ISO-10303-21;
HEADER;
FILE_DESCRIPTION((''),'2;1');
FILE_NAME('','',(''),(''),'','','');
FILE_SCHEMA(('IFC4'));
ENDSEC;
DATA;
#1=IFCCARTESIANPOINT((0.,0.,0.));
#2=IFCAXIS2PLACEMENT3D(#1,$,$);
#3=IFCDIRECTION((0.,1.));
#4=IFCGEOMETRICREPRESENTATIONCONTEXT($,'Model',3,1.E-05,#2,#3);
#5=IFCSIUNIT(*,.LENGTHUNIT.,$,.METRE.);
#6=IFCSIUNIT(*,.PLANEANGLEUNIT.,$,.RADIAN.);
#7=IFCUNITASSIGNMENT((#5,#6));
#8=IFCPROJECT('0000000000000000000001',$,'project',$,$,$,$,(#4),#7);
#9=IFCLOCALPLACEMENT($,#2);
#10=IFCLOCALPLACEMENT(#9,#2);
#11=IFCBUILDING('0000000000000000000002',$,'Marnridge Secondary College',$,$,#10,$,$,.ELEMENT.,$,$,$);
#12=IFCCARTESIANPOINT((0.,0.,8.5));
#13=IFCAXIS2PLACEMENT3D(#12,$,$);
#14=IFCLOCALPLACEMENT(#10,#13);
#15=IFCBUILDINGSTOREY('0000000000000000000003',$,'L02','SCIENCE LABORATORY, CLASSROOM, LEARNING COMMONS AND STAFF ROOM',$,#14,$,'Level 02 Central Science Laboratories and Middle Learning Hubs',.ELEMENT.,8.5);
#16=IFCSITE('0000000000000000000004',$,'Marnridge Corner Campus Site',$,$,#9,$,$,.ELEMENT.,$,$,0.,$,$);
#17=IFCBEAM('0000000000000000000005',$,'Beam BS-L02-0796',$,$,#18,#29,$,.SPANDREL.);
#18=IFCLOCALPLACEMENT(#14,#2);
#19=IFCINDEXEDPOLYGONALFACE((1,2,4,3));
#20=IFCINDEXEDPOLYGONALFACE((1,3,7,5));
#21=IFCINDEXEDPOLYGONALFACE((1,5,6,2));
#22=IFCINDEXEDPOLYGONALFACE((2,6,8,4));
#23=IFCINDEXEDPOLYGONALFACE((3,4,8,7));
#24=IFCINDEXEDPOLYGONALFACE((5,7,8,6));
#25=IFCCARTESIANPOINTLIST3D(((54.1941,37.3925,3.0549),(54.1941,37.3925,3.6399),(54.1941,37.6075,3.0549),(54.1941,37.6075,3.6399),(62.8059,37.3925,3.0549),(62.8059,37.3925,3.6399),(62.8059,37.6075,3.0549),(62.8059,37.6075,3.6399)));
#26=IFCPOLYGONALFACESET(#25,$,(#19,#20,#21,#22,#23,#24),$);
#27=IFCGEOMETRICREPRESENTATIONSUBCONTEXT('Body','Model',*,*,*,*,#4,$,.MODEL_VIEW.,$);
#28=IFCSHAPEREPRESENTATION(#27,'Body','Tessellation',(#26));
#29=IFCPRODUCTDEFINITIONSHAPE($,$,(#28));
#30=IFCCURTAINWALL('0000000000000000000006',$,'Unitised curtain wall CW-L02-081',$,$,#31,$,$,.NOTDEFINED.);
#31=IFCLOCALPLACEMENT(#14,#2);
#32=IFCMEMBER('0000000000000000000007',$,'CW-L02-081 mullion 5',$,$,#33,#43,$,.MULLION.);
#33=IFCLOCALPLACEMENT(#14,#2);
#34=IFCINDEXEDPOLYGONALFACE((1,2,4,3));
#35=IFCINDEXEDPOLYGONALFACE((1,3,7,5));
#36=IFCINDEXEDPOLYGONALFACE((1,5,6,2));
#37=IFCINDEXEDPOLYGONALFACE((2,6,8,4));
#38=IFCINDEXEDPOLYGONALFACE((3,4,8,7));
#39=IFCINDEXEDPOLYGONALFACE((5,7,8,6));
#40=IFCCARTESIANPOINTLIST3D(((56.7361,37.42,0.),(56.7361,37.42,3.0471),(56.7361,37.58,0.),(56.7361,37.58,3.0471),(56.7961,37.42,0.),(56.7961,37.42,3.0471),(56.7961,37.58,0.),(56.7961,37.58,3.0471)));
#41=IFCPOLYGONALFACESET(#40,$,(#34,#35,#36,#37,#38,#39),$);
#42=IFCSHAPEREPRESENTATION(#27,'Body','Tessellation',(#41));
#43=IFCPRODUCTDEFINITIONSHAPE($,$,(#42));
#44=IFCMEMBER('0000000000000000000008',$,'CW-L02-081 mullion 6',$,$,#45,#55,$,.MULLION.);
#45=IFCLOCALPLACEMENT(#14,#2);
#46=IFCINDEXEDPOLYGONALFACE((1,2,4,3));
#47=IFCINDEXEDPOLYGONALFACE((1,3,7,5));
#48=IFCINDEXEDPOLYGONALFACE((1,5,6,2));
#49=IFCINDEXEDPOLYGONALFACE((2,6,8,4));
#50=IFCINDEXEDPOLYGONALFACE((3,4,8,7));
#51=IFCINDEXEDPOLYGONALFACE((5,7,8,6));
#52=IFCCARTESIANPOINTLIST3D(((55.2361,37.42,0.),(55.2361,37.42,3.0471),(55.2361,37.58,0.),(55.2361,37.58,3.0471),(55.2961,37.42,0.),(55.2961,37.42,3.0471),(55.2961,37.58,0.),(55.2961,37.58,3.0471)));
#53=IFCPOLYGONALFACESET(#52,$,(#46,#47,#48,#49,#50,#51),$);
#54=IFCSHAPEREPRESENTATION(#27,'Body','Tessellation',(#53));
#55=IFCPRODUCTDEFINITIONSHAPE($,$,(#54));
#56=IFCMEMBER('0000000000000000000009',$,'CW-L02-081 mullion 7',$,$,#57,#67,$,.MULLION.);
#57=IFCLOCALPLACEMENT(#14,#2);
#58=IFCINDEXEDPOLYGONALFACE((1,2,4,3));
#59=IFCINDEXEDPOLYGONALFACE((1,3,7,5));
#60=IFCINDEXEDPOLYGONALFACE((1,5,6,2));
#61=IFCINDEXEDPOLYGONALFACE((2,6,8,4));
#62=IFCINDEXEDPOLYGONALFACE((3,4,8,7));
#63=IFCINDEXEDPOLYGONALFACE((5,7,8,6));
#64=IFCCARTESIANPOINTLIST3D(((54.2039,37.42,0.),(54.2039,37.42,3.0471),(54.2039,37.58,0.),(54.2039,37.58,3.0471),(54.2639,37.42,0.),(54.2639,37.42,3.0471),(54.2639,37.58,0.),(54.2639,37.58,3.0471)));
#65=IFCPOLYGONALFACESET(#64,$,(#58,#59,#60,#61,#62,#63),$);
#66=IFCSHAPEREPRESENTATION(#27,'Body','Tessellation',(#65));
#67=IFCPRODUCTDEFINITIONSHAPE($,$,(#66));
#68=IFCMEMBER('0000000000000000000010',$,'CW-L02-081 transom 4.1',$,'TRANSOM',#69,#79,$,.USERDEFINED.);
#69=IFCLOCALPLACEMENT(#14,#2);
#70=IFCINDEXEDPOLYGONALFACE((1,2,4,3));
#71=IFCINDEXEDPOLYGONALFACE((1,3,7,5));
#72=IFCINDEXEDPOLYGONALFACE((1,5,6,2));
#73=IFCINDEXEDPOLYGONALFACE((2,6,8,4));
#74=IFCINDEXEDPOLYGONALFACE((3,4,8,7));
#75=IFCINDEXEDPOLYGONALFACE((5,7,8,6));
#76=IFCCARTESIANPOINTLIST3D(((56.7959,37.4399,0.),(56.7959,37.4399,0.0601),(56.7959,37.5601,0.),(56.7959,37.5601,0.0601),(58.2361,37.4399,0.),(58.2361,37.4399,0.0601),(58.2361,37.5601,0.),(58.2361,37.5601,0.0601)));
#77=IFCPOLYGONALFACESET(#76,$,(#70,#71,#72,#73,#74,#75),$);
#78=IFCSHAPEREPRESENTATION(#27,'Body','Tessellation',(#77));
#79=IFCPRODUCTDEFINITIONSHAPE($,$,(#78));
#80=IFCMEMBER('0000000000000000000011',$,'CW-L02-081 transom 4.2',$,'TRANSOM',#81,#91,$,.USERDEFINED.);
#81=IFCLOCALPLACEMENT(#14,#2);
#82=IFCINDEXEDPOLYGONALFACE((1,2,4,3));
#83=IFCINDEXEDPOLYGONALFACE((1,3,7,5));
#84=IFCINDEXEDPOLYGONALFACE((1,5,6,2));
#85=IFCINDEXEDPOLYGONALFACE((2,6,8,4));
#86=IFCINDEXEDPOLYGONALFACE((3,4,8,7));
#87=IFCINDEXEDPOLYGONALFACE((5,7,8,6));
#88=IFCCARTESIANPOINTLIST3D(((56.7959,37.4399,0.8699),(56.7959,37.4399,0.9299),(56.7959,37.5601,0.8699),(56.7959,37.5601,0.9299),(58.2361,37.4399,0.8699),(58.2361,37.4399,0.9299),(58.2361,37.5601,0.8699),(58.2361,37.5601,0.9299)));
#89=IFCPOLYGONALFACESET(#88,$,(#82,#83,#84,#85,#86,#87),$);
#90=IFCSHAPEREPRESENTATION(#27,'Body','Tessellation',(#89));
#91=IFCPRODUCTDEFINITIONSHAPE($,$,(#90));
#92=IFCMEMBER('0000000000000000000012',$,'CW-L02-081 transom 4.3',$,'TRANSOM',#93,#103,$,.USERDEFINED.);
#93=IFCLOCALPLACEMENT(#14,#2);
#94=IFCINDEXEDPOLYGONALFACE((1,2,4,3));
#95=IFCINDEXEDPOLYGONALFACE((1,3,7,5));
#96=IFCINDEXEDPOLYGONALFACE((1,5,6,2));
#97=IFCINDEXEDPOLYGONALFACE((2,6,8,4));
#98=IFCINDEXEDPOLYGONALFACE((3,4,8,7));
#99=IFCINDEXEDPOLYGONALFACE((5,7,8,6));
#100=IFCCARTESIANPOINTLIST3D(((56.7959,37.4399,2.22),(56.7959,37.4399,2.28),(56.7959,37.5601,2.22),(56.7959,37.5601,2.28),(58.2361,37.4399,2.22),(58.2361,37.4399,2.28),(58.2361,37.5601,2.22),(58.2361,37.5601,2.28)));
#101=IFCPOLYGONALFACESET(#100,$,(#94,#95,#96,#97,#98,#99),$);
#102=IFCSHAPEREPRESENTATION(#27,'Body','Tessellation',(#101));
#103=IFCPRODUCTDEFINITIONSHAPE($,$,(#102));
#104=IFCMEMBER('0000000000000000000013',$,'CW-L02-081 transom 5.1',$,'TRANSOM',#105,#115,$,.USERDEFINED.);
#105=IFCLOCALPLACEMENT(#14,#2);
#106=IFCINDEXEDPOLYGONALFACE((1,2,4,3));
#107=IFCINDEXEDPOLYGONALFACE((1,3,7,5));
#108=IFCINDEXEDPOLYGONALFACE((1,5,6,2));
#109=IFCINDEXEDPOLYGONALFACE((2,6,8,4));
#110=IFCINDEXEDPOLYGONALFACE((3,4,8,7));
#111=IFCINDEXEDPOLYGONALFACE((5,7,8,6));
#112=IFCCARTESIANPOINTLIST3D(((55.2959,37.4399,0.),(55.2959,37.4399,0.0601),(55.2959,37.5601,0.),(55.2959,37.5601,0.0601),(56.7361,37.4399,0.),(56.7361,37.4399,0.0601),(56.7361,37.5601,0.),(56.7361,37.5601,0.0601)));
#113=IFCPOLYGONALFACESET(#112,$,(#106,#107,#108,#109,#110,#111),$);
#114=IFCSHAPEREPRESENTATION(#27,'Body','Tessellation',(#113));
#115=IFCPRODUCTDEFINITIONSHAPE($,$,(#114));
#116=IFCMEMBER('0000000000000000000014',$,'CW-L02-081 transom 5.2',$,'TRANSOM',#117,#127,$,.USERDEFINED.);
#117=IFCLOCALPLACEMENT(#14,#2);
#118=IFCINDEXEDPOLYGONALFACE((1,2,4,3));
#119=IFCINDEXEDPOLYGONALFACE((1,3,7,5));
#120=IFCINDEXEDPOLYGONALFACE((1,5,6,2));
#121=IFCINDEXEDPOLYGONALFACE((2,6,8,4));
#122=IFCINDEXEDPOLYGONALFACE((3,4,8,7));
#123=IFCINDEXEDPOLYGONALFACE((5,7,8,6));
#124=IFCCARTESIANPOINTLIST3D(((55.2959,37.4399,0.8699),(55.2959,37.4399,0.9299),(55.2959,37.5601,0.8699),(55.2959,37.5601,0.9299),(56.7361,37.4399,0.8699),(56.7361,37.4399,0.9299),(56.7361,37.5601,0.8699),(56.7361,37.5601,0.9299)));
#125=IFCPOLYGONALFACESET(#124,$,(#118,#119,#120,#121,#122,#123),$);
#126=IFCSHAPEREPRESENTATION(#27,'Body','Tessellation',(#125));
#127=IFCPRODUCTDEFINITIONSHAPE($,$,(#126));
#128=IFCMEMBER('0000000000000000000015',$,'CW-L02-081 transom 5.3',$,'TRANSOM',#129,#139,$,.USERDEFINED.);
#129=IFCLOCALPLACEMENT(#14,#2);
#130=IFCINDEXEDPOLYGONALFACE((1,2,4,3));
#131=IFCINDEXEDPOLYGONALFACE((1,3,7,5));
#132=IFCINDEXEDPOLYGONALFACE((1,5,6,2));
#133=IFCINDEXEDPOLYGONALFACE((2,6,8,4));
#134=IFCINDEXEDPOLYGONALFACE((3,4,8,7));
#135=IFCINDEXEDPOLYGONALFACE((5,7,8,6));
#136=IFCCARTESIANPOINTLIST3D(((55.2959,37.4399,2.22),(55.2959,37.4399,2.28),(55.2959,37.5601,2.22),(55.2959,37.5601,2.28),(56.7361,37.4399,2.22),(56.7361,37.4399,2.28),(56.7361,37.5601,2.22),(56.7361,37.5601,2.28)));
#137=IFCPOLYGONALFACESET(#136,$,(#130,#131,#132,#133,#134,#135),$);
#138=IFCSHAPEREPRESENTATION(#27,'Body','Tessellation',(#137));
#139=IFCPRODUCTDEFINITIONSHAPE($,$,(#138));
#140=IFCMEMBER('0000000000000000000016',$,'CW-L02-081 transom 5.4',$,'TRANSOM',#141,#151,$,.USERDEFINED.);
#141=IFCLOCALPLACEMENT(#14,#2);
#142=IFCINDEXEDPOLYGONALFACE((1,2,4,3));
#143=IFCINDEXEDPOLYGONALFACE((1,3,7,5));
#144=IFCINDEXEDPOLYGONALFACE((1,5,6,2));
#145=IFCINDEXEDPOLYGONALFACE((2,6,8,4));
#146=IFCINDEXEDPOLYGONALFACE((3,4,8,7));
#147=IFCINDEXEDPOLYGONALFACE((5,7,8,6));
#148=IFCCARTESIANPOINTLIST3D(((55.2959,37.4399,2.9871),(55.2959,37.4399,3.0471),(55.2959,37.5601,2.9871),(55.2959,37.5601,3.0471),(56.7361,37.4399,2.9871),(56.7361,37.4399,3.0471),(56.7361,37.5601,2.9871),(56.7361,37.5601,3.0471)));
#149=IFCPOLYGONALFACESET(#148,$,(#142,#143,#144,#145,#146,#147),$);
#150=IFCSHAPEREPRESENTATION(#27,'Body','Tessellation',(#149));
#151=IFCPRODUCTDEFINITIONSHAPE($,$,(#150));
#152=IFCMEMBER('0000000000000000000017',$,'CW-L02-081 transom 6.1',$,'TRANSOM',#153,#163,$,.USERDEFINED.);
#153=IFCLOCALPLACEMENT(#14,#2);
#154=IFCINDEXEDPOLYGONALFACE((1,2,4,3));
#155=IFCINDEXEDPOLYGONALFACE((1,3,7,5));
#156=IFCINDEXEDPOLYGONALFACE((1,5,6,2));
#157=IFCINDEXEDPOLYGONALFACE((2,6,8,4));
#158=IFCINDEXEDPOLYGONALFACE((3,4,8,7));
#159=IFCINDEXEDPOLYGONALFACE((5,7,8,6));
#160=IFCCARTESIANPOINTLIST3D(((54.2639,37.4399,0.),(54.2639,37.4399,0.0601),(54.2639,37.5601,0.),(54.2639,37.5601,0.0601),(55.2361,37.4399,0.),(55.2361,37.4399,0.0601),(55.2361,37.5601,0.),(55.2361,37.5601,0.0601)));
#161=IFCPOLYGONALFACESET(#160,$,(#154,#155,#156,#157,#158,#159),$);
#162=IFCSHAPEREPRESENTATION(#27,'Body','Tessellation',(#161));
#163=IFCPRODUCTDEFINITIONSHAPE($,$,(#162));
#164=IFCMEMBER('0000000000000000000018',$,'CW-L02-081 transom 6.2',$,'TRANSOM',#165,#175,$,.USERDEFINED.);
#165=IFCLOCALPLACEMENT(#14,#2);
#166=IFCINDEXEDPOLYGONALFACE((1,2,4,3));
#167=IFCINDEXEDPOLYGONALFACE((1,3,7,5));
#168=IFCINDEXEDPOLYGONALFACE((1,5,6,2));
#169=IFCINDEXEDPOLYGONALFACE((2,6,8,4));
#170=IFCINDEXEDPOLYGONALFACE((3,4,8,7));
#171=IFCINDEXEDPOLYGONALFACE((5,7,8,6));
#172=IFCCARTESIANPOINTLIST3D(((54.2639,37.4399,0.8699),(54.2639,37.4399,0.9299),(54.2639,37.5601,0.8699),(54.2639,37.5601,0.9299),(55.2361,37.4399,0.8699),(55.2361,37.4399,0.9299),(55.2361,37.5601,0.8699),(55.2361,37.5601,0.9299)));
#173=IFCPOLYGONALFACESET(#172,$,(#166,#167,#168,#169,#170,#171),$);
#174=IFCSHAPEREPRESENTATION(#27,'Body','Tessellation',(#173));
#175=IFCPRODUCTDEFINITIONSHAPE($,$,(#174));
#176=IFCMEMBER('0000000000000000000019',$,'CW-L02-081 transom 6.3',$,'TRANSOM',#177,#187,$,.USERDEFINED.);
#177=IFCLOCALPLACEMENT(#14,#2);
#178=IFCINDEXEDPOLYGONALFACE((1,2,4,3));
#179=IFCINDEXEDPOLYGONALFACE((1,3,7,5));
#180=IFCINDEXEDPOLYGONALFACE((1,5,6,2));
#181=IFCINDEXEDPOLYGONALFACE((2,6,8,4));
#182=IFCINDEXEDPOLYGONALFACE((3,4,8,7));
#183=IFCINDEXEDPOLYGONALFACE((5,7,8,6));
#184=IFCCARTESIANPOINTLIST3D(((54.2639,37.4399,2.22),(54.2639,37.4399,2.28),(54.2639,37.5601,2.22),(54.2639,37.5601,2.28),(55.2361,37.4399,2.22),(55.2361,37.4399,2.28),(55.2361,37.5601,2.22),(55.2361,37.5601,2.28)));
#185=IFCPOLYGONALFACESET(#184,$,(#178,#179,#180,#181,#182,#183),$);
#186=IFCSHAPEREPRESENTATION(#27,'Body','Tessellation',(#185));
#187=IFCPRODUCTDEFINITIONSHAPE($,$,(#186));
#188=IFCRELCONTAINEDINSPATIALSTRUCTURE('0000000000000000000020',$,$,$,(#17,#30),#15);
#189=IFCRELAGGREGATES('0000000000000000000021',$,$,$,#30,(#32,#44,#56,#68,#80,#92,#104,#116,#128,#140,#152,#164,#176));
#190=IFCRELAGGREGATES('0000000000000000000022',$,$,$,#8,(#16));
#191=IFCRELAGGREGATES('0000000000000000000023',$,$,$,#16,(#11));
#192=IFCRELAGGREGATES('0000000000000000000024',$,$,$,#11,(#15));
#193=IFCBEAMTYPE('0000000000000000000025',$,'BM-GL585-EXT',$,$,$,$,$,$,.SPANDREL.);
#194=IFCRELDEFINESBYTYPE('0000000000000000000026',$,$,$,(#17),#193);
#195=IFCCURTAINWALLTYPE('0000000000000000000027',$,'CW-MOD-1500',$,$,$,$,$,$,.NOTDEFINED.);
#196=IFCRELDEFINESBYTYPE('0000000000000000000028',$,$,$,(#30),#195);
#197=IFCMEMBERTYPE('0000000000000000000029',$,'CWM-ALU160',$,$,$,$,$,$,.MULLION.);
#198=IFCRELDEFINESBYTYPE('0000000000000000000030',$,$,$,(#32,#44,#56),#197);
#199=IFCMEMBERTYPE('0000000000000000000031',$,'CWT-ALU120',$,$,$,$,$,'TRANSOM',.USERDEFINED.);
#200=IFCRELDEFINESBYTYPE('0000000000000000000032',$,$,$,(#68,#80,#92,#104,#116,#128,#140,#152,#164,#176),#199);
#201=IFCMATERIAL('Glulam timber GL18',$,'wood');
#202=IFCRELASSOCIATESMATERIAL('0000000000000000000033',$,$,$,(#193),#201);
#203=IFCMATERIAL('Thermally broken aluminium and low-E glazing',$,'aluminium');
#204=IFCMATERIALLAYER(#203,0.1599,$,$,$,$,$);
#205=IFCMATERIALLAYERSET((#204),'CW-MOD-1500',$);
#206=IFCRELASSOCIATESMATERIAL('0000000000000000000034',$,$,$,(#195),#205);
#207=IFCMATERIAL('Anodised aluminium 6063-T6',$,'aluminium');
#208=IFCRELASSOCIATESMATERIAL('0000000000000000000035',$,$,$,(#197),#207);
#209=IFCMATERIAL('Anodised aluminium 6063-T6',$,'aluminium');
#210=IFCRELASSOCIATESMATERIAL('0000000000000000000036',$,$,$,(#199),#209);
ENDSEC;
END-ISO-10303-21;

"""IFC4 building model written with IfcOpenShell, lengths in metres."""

from ifc_helpers import new_model, si_unit, direction, frame, origin, origin_2d, place, context, subcontext, project, spatial, rectangle, extrude, material, layer, layer_set, material_profile, profile_set, type_object, element, aggregate, save


model = new_model("IFC4")

# Units and contexts
model_context = context("Model", 3, precision=1e-05, world=origin(), true_north=direction((0.0, 1.0)))
body_context = subcontext(model_context, "Body", "Model", "MODEL_VIEW")
ifc_project = project(units=[si_unit("LENGTHUNIT", "METRE"), si_unit("PLANEANGLEUNIT", "RADIAN")], contexts=[model_context])

# Site, building, storey
site_placement = place(None, origin())
site = spatial("IfcSite", under=ifc_project, at=site_placement, Name="Marnridge Corner Campus Site", CompositionType="ELEMENT", RefElevation=0.0)
building_placement = place(site_placement, origin())
building = spatial("IfcBuilding", under=site, at=building_placement, Name="Marnridge Secondary College", CompositionType="ELEMENT")
storey_placement = place(building_placement, frame((0.0, 0.0, 8.5)))
storey = spatial("IfcBuildingStorey", under=building, at=storey_placement, Name="L02", Description="SCIENCE LABORATORY, CLASSROOM, LEARNING COMMONS AND STAFF ROOM", LongName="Level 02 Central Science Laboratories and Middle Learning Hubs", CompositionType="ELEMENT", Elevation=8.5)

# Beam
ifc_material_1 = material(Name="Glulam timber GL18", Category="wood")
ifc_material_profile_1 = material_profile(ifc_material_1, rectangle(XDim=0.2151, YDim=0.585, at=origin_2d()), Name="GL18 215x585")
ifc_profile_set_1 = profile_set([ifc_material_profile_1], Name="Glulam timber GL18")
beam_type = type_object("IfcBeamType", Name="BM-GL585-EXT", PredefinedType="SPANDREL", material=ifc_profile_set_1)
beam_placement = place(storey_placement, frame((54.1941, 37.5, 3.3474), z_axis=(1.0, 0.0, 0.0), x_axis=(0.0, 1.0, 0.0)))
element("IfcBeam", 1, at=beam_placement, inside=storey, type_object=beam_type, Name="Beam BS-L02-0796", PredefinedType="SPANDREL", context=body_context, shape_type="SweptSolid", body=[
    extrude(rectangle(XDim=0.2151, YDim=0.585, at=origin_2d()), origin(), (0.0, 0.0, 1.0), 8.6118),
])

# Curtain wall, members
ifc_material_2 = material(Name="Thermally broken aluminium and low-E glazing", Category="aluminium")
ifc_layer_1 = layer(ifc_material_2, 0.1599)
ifc_layer_set_1 = layer_set([ifc_layer_1], Name="CW-MOD-1500")
curtain_wall_type = type_object("IfcCurtainWallType", Name="CW-MOD-1500", PredefinedType="NOTDEFINED", material=ifc_layer_set_1)
curtain_wall_placement = place(storey_placement, origin())
curtain_wall = element("IfcCurtainWall", 2, at=curtain_wall_placement, inside=storey, type_object=curtain_wall_type, Name="Unitised curtain wall CW-L02-081", PredefinedType="NOTDEFINED")
ifc_material_3 = material(Name="Anodised aluminium 6063-T6", Category="aluminium")
ifc_material_profile_2 = material_profile(ifc_material_3, rectangle(XDim=0.0601, YDim=0.1599, at=origin_2d()), Name="ALU 60x160")
ifc_profile_set_2 = profile_set([ifc_material_profile_2], Name="Anodised aluminium 6063-T6")
member_type_1 = type_object("IfcMemberType", Name="CWM-ALU160", PredefinedType="MULLION", material=ifc_profile_set_2)
member_1_placement = place(storey_placement, frame((56.7661, 37.5, 0.0), z_axis=(0.0, 0.0, 1.0), x_axis=(-1.0, 0.0, 0.0)))
member_1 = element("IfcMember", 3, at=member_1_placement, type_object=member_type_1, Name="CW-L02-081 mullion 5", PredefinedType="MULLION", context=body_context, shape_type="SweptSolid", body=[
    extrude(rectangle(XDim=0.0601, YDim=0.1599, at=origin_2d()), origin(), (0.0, 0.0, 1.0), 3.0471),
])
member_2_placement = place(storey_placement, frame((55.2661, 37.5, 0.0), z_axis=(0.0, 0.0, 1.0), x_axis=(-1.0, 0.0, 0.0)))
member_2 = element("IfcMember", 4, at=member_2_placement, type_object=member_type_1, Name="CW-L02-081 mullion 6", PredefinedType="MULLION", context=body_context, shape_type="SweptSolid", body=[
    extrude(rectangle(XDim=0.0601, YDim=0.1599, at=origin_2d()), origin(), (0.0, 0.0, 1.0), 3.0471),
])
member_3_placement = place(storey_placement, frame((54.2339, 37.5, 0.0), z_axis=(0.0, 0.0, 1.0), x_axis=(-1.0, 0.0, 0.0)))
member_3 = element("IfcMember", 5, at=member_3_placement, type_object=member_type_1, Name="CW-L02-081 mullion 7", PredefinedType="MULLION", context=body_context, shape_type="SweptSolid", body=[
    extrude(rectangle(XDim=0.0601, YDim=0.1599, at=origin_2d()), origin(), (0.0, 0.0, 1.0), 3.0471),
])
ifc_material_4 = material(Name="Anodised aluminium 6063-T6", Category="aluminium")
ifc_material_profile_3 = material_profile(ifc_material_4, rectangle(XDim=0.0601, YDim=0.1201, at=origin_2d()), Name="ALU 60x120")
ifc_profile_set_3 = profile_set([ifc_material_profile_3], Name="Anodised aluminium 6063-T6")
member_type_2 = type_object("IfcMemberType", Name="CWT-ALU120", ElementType="TRANSOM", PredefinedType="USERDEFINED", material=ifc_profile_set_3)
member_4_placement = place(storey_placement, frame((58.2361, 37.5, 0.03), z_axis=(-1.0, 0.0, 0.0), x_axis=(0.0, 0.0, 1.0)))
member_4 = element("IfcMember", 6, at=member_4_placement, type_object=member_type_2, Name="CW-L02-081 transom 4.1", ObjectType="TRANSOM", PredefinedType="USERDEFINED", context=body_context, shape_type="SweptSolid", body=[
    extrude(rectangle(XDim=0.0601, YDim=0.1201, at=origin_2d()), origin(), (0.0, 0.0, 1.0), 1.4402),
])
member_5_placement = place(storey_placement, frame((58.2361, 37.5, 0.8999), z_axis=(-1.0, 0.0, 0.0), x_axis=(0.0, 0.0, 1.0)))
member_5 = element("IfcMember", 7, at=member_5_placement, type_object=member_type_2, Name="CW-L02-081 transom 4.2", ObjectType="TRANSOM", PredefinedType="USERDEFINED", context=body_context, shape_type="SweptSolid", body=[
    extrude(rectangle(XDim=0.0601, YDim=0.1201, at=origin_2d()), origin(), (0.0, 0.0, 1.0), 1.4402),
])
member_6_placement = place(storey_placement, frame((58.2361, 37.5, 2.25), z_axis=(-1.0, 0.0, 0.0), x_axis=(0.0, 0.0, 1.0)))
member_6 = element("IfcMember", 8, at=member_6_placement, type_object=member_type_2, Name="CW-L02-081 transom 4.3", ObjectType="TRANSOM", PredefinedType="USERDEFINED", context=body_context, shape_type="SweptSolid", body=[
    extrude(rectangle(XDim=0.0601, YDim=0.1201, at=origin_2d()), origin(), (0.0, 0.0, 1.0), 1.4402),
])
member_7_placement = place(storey_placement, frame((56.7361, 37.5, 0.03), z_axis=(-1.0, 0.0, 0.0), x_axis=(0.0, 0.0, 1.0)))
member_7 = element("IfcMember", 9, at=member_7_placement, type_object=member_type_2, Name="CW-L02-081 transom 5.1", ObjectType="TRANSOM", PredefinedType="USERDEFINED", context=body_context, shape_type="SweptSolid", body=[
    extrude(rectangle(XDim=0.0601, YDim=0.1201, at=origin_2d()), origin(), (0.0, 0.0, 1.0), 1.4402),
])
member_8_placement = place(storey_placement, frame((56.7361, 37.5, 0.8999), z_axis=(-1.0, 0.0, 0.0), x_axis=(0.0, 0.0, 1.0)))
member_8 = element("IfcMember", 10, at=member_8_placement, type_object=member_type_2, Name="CW-L02-081 transom 5.2", ObjectType="TRANSOM", PredefinedType="USERDEFINED", context=body_context, shape_type="SweptSolid", body=[
    extrude(rectangle(XDim=0.0601, YDim=0.1201, at=origin_2d()), origin(), (0.0, 0.0, 1.0), 1.4402),
])
member_9_placement = place(storey_placement, frame((56.7361, 37.5, 2.25), z_axis=(-1.0, 0.0, 0.0), x_axis=(0.0, 0.0, 1.0)))
member_9 = element("IfcMember", 11, at=member_9_placement, type_object=member_type_2, Name="CW-L02-081 transom 5.3", ObjectType="TRANSOM", PredefinedType="USERDEFINED", context=body_context, shape_type="SweptSolid", body=[
    extrude(rectangle(XDim=0.0601, YDim=0.1201, at=origin_2d()), origin(), (0.0, 0.0, 1.0), 1.4402),
])
member_10_placement = place(storey_placement, frame((56.7361, 37.5, 3.0171), z_axis=(-1.0, 0.0, 0.0), x_axis=(0.0, 0.0, 1.0)))
member_10 = element("IfcMember", 12, at=member_10_placement, type_object=member_type_2, Name="CW-L02-081 transom 5.4", ObjectType="TRANSOM", PredefinedType="USERDEFINED", context=body_context, shape_type="SweptSolid", body=[
    extrude(rectangle(XDim=0.0601, YDim=0.1201, at=origin_2d()), origin(), (0.0, 0.0, 1.0), 1.4402),
])
member_11_placement = place(storey_placement, frame((55.2361, 37.5, 0.03), z_axis=(-1.0, 0.0, 0.0), x_axis=(0.0, 0.0, 1.0)))
member_11 = element("IfcMember", 13, at=member_11_placement, type_object=member_type_2, Name="CW-L02-081 transom 6.1", ObjectType="TRANSOM", PredefinedType="USERDEFINED", context=body_context, shape_type="SweptSolid", body=[
    extrude(rectangle(XDim=0.0601, YDim=0.1201, at=origin_2d()), origin(), (0.0, 0.0, 1.0), 0.9722),
])
member_12_placement = place(storey_placement, frame((55.2361, 37.5, 0.8999), z_axis=(-1.0, 0.0, 0.0), x_axis=(0.0, 0.0, 1.0)))
member_12 = element("IfcMember", 14, at=member_12_placement, type_object=member_type_2, Name="CW-L02-081 transom 6.2", ObjectType="TRANSOM", PredefinedType="USERDEFINED", context=body_context, shape_type="SweptSolid", body=[
    extrude(rectangle(XDim=0.0601, YDim=0.1201, at=origin_2d()), origin(), (0.0, 0.0, 1.0), 0.9722),
])
member_13_placement = place(storey_placement, frame((55.2361, 37.5, 2.25), z_axis=(-1.0, 0.0, 0.0), x_axis=(0.0, 0.0, 1.0)))
member_13 = element("IfcMember", 15, at=member_13_placement, type_object=member_type_2, Name="CW-L02-081 transom 6.3", ObjectType="TRANSOM", PredefinedType="USERDEFINED", context=body_context, shape_type="SweptSolid", body=[
    extrude(rectangle(XDim=0.0601, YDim=0.1201, at=origin_2d()), origin(), (0.0, 0.0, 1.0), 0.9722),
])
aggregate(curtain_wall, [member_1, member_2, member_3, member_4, member_5, member_6, member_7, member_8, member_9, member_10, member_11, member_12, member_13])

save(model, "model.ifc")
